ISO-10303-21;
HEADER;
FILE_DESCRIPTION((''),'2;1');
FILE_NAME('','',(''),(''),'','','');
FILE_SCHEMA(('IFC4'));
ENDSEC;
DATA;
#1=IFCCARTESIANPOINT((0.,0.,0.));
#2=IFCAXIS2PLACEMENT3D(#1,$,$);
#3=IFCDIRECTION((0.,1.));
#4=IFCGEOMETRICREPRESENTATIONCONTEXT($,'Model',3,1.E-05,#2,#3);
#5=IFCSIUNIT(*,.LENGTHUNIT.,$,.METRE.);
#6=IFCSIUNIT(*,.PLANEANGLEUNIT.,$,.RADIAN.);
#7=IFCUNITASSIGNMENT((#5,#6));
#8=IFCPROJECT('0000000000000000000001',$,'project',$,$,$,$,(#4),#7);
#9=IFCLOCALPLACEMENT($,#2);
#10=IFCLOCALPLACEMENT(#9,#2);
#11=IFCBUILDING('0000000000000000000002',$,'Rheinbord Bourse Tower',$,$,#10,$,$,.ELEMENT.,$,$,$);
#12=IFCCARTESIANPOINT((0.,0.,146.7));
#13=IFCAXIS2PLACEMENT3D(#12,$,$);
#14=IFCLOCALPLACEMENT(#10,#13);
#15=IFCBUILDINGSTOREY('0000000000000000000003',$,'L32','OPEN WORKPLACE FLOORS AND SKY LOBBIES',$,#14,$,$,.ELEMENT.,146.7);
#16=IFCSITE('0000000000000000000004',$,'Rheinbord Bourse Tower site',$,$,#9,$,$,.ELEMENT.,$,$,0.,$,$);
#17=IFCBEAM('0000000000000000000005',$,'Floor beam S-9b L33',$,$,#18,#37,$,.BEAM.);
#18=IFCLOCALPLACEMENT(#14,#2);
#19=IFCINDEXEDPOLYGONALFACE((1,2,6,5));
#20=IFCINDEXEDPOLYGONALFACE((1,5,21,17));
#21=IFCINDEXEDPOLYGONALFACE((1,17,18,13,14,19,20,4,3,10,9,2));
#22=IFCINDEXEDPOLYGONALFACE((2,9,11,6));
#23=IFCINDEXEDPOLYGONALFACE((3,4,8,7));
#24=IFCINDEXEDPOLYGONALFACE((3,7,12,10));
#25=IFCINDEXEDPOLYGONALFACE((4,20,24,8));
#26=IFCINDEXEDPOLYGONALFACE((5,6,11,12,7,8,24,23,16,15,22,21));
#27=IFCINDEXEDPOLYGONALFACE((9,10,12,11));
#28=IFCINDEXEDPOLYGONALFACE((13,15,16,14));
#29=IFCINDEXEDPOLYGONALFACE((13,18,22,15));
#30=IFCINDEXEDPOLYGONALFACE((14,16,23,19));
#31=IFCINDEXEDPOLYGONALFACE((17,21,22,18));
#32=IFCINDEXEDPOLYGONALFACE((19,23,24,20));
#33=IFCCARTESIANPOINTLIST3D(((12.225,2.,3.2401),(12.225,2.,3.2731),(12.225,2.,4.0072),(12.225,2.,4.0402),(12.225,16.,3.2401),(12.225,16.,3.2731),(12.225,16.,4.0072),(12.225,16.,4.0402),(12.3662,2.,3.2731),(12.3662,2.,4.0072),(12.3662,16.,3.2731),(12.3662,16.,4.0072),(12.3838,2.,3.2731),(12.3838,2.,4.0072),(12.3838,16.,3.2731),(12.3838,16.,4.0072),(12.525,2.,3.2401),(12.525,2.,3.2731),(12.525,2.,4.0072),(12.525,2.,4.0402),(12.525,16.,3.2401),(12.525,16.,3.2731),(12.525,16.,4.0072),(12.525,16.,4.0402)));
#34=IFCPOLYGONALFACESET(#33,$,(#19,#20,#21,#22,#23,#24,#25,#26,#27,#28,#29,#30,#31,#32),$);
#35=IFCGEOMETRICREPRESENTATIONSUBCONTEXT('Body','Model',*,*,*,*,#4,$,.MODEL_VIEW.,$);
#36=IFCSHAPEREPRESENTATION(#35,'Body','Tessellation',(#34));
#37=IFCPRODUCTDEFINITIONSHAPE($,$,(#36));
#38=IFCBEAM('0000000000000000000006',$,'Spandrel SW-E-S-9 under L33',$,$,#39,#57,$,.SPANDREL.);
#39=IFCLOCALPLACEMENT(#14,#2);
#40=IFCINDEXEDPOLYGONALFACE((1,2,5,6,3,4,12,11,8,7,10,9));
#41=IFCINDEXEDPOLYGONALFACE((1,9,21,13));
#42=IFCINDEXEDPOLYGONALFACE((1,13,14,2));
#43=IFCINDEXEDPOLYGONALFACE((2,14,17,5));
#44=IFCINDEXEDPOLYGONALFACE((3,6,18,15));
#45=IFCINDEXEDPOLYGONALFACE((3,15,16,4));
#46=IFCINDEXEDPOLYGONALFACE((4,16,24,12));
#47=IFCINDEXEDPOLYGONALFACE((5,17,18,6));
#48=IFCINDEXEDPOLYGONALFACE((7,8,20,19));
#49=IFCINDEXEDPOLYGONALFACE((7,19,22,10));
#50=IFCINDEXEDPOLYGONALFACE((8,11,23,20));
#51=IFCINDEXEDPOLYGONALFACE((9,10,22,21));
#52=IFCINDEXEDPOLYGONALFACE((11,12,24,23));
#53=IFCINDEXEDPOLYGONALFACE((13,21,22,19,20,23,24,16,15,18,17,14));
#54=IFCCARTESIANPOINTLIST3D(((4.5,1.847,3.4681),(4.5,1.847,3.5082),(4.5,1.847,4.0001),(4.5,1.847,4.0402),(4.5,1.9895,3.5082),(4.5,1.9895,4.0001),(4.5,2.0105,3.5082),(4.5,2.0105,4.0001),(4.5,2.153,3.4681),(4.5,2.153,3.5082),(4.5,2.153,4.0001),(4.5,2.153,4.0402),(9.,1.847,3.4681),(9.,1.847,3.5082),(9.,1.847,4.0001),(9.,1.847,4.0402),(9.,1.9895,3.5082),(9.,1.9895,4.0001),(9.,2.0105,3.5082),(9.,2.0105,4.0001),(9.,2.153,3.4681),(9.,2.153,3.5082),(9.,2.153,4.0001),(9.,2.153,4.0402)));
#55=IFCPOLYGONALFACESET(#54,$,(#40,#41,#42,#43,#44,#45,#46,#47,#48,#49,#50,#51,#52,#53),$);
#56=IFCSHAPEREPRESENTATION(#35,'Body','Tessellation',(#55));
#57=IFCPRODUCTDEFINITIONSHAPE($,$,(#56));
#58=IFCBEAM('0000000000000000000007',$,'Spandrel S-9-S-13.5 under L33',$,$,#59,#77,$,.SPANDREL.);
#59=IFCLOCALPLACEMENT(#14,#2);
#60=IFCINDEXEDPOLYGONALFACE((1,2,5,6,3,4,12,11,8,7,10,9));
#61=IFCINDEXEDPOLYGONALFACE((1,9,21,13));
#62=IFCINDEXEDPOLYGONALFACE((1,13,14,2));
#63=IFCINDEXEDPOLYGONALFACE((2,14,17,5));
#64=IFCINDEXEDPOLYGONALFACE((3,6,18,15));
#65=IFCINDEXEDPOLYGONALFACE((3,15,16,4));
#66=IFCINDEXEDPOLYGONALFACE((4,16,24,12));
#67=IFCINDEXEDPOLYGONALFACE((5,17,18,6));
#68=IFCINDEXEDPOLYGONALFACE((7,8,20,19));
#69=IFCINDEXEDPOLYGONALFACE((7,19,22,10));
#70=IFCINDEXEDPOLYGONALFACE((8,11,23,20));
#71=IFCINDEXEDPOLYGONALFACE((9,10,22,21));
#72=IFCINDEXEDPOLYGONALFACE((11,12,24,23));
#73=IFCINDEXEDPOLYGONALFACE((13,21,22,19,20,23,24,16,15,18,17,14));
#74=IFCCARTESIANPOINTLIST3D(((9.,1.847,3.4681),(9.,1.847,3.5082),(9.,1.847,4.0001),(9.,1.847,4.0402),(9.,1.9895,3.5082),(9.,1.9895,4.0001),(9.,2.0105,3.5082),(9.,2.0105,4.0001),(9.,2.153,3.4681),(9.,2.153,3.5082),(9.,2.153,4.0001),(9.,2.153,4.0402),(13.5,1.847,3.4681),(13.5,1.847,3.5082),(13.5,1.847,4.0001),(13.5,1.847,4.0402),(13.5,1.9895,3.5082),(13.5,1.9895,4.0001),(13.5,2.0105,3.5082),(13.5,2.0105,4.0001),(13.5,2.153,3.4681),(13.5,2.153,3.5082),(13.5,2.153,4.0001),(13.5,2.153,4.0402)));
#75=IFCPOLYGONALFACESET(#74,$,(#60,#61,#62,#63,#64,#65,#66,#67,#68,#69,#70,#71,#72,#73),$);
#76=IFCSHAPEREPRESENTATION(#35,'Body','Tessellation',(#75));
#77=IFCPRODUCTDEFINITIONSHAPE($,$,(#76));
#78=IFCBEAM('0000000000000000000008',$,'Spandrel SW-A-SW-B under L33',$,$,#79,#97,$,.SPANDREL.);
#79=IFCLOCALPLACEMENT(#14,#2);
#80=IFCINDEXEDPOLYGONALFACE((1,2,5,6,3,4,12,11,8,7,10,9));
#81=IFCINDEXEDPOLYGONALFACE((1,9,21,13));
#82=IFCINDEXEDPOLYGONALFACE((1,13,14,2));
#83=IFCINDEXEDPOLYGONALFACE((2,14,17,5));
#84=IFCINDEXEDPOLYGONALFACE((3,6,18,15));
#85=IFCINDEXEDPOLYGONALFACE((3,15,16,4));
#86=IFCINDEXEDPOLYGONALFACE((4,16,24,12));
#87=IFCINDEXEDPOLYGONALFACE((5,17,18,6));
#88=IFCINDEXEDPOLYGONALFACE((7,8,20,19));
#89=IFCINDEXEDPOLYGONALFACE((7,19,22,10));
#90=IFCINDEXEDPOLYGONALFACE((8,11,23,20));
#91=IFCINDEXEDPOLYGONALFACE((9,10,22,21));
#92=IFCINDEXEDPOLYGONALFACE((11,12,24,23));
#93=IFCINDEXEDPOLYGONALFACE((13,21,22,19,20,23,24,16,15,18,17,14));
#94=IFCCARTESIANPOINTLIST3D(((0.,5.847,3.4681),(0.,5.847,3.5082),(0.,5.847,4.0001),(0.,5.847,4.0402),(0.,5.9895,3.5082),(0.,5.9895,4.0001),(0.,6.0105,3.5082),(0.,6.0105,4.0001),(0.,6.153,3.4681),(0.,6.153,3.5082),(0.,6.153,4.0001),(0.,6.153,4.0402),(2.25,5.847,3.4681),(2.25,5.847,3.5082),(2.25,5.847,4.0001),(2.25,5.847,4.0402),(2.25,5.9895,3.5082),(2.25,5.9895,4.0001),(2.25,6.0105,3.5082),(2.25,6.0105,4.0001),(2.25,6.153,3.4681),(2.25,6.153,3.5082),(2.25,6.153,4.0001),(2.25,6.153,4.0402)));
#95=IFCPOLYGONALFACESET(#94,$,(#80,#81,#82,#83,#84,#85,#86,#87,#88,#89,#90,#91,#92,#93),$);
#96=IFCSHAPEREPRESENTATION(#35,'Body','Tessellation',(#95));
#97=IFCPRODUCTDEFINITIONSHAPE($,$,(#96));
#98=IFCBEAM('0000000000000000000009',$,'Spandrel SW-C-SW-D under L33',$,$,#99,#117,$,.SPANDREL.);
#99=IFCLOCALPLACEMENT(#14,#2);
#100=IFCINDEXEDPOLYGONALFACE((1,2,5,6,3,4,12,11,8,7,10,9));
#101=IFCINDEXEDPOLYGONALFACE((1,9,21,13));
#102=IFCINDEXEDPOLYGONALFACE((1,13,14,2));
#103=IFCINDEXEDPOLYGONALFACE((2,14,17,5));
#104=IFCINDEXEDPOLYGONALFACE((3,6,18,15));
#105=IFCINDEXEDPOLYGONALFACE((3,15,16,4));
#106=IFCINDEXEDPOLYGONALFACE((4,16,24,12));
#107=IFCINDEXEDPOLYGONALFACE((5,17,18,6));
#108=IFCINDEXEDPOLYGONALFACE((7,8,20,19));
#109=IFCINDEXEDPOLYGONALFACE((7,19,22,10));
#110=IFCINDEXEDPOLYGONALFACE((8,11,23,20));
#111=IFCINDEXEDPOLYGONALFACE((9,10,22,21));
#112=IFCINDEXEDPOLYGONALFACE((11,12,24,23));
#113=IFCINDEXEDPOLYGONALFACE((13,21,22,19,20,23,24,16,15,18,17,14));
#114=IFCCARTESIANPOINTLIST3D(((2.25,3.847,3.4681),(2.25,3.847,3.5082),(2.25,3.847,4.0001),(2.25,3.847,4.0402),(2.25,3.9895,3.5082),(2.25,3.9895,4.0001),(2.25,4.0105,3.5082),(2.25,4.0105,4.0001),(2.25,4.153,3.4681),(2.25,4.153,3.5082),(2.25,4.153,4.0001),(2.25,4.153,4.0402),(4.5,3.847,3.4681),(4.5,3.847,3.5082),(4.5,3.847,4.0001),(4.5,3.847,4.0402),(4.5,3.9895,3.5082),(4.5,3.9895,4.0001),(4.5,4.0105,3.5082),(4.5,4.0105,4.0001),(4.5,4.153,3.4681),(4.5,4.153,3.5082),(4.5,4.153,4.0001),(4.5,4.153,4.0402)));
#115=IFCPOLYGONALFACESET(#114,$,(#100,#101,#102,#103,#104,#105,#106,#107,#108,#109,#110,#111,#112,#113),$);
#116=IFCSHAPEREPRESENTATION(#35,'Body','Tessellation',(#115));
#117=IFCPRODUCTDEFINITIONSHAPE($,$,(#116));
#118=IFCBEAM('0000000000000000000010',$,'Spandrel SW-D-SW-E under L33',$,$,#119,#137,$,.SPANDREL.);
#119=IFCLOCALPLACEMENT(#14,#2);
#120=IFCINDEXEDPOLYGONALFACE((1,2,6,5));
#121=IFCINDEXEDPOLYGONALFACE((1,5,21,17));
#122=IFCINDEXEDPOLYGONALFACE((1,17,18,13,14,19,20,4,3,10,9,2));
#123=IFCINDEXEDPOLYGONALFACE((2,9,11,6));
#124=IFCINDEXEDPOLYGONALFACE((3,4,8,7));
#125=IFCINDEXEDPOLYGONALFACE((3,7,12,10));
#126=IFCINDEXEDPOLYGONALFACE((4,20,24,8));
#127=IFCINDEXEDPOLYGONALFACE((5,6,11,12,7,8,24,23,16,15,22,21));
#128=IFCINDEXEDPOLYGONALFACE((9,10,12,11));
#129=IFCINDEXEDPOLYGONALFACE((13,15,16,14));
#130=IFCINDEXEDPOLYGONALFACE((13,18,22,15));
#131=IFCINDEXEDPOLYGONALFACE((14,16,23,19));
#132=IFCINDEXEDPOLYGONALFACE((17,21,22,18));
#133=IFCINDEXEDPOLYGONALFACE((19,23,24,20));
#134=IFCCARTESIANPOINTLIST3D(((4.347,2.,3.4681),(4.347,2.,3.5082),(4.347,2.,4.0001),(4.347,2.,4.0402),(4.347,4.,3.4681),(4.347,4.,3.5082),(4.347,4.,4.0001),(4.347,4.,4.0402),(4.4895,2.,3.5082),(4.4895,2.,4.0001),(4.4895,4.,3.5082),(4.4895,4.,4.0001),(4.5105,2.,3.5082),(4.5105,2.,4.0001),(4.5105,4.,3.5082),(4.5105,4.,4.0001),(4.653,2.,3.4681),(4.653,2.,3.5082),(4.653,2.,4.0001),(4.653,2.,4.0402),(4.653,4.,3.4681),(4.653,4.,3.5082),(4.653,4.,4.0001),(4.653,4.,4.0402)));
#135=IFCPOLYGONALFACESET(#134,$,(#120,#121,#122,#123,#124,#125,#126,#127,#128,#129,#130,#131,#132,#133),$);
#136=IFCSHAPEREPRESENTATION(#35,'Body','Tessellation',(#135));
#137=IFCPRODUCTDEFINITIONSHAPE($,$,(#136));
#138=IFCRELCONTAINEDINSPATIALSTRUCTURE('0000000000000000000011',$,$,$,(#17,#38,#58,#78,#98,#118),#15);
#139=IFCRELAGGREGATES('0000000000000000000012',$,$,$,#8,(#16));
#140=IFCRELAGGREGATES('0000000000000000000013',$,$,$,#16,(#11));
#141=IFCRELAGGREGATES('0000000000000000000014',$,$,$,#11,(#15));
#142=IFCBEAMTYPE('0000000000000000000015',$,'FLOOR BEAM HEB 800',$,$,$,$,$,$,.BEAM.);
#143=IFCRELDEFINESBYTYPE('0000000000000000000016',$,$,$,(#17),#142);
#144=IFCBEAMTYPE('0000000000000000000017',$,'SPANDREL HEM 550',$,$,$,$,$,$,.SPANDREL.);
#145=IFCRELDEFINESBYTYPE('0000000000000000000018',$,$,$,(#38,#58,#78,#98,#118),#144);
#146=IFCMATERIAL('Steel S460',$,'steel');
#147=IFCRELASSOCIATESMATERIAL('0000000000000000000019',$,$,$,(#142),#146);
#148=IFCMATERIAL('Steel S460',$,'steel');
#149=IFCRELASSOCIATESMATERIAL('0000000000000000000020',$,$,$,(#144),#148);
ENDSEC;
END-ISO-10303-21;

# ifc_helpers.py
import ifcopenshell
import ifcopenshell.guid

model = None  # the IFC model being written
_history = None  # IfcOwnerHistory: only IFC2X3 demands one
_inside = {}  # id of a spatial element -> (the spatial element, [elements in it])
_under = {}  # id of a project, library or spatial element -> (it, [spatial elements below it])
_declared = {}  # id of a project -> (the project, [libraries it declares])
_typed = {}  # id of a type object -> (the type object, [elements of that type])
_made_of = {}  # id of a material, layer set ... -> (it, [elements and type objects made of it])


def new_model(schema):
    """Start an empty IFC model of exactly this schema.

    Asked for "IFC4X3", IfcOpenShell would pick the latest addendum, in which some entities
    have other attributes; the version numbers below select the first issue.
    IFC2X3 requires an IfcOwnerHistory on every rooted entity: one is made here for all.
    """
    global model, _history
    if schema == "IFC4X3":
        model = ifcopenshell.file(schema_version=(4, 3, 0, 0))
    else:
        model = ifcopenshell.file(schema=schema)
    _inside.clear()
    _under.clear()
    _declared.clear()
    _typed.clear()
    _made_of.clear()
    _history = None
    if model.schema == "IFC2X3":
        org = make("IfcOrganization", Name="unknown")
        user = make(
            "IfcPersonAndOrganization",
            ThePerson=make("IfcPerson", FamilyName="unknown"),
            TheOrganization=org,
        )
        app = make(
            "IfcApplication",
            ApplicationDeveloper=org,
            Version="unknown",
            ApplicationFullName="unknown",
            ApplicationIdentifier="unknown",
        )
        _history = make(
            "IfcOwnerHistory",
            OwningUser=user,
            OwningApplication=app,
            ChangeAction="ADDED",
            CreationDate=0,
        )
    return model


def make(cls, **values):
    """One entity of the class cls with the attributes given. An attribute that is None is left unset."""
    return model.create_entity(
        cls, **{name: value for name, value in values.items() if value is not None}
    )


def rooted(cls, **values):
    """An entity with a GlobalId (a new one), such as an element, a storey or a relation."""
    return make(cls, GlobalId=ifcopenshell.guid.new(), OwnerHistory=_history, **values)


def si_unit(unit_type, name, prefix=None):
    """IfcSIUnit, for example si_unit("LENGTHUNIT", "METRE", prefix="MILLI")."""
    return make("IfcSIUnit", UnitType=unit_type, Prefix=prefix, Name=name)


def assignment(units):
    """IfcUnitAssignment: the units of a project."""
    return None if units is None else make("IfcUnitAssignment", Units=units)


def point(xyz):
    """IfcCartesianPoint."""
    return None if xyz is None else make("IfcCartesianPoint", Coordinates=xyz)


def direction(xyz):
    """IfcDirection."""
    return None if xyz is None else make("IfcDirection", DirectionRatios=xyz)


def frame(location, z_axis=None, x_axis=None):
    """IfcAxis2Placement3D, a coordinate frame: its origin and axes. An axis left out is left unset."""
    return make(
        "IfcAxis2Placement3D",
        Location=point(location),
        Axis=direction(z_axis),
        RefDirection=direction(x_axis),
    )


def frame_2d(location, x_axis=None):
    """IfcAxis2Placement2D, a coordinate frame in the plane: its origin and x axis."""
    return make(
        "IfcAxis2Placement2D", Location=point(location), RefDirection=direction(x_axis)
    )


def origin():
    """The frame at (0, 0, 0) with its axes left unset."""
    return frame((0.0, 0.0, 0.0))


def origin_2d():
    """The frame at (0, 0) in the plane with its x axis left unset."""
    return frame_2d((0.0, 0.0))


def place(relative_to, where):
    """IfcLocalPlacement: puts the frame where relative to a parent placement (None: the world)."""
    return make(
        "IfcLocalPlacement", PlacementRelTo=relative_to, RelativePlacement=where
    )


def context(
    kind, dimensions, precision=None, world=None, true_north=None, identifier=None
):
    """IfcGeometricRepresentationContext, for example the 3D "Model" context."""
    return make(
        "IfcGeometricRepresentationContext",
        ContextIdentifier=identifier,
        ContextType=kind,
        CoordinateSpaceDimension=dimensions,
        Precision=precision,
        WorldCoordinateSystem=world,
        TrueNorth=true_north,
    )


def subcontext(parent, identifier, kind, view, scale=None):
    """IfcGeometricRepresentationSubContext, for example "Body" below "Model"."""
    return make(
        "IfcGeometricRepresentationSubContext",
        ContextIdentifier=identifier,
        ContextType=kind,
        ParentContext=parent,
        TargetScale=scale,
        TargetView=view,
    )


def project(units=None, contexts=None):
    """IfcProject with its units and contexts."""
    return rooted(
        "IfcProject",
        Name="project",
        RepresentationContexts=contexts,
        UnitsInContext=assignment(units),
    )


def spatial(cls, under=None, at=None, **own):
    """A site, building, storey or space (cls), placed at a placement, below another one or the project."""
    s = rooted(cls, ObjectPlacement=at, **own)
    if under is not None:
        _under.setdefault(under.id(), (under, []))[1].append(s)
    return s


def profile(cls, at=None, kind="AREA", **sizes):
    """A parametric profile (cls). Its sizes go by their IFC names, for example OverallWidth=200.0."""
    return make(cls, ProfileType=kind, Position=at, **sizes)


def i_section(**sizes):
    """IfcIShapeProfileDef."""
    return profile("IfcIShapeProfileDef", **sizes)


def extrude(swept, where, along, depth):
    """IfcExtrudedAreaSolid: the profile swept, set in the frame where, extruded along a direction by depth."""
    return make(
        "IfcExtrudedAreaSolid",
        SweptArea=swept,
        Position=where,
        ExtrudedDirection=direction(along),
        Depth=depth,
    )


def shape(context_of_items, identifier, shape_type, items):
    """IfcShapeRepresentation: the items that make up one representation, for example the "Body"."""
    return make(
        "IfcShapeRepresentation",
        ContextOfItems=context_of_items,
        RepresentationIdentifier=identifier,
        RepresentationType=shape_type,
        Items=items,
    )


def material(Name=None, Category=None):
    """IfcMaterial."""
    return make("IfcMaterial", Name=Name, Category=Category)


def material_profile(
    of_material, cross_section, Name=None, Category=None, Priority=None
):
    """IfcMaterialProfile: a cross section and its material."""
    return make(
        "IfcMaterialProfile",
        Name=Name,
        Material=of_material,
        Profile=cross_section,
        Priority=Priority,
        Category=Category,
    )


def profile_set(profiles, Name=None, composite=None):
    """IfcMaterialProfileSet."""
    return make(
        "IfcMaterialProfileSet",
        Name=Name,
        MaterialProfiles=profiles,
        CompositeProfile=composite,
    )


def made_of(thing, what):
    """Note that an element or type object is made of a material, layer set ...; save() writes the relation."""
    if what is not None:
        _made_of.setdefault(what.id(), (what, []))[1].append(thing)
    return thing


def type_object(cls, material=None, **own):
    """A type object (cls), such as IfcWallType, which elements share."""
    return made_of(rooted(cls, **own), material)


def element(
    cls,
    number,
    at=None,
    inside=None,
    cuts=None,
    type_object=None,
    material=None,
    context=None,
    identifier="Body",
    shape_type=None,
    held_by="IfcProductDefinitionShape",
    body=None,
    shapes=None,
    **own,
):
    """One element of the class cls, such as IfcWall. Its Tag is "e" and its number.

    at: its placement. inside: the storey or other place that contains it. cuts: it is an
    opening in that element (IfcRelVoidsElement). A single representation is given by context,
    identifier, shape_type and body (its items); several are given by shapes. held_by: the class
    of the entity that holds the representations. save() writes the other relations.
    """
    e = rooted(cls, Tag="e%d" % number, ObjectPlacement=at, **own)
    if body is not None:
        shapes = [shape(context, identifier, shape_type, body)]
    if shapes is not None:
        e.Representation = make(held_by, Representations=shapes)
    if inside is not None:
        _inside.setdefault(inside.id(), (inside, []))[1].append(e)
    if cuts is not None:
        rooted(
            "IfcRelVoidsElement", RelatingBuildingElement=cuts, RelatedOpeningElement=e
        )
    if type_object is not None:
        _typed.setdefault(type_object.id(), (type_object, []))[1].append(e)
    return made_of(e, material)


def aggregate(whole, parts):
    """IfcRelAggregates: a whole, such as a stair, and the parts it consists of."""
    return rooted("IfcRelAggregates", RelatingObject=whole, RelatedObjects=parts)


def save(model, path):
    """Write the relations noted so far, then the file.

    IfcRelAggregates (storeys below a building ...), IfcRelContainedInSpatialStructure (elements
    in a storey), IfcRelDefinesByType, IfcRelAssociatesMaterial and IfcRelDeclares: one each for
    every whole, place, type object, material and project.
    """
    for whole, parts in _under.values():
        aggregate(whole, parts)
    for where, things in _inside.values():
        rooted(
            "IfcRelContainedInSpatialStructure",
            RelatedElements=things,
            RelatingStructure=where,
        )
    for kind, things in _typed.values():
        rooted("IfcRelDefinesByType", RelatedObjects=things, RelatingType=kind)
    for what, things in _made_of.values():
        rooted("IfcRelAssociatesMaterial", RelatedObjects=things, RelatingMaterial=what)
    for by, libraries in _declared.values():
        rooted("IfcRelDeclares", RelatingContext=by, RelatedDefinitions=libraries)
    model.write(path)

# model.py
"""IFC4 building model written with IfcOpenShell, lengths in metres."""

from ifc_helpers import new_model, si_unit, direction, frame, origin, origin_2d, place, context, subcontext, project, spatial, i_section, extrude, material, material_profile, profile_set, type_object, element, save


model = new_model("IFC4")

# Units and contexts
model_context = context("Model", 3, precision=1e-05, world=origin(), true_north=direction((0.0, 1.0)))
body_context = subcontext(model_context, "Body", "Model", "MODEL_VIEW")
ifc_project = project(units=[si_unit("LENGTHUNIT", "METRE"), si_unit("PLANEANGLEUNIT", "RADIAN")], contexts=[model_context])

# Site, building, storey
site_placement = place(None, origin())
site = spatial("IfcSite", under=ifc_project, at=site_placement, Name="Rheinbord Bourse Tower site", CompositionType="ELEMENT", RefElevation=0.0)
building_placement = place(site_placement, origin())
building = spatial("IfcBuilding", under=site, at=building_placement, Name="Rheinbord Bourse Tower", CompositionType="ELEMENT")
storey_placement = place(building_placement, frame((0.0, 0.0, 146.7)))
storey = spatial("IfcBuildingStorey", under=building, at=storey_placement, Name="L32", Description="OPEN WORKPLACE FLOORS AND SKY LOBBIES", CompositionType="ELEMENT", Elevation=146.7)

# Beams
ifc_material_1 = material(Name="Steel S460", Category="steel")
ifc_material_profile_1 = material_profile(ifc_material_1, i_section(OverallWidth=0.3, OverallDepth=0.8, WebThickness=0.0176, FlangeThickness=0.033, at=origin_2d()), Name="HEB 800")
ifc_profile_set_1 = profile_set([ifc_material_profile_1], Name="Steel S460")
beam_type_1 = type_object("IfcBeamType", Name="FLOOR BEAM HEB 800", PredefinedType="BEAM", material=ifc_profile_set_1)
for number, where, z_axis, x_axis, name in (
    (1, (12.375, 2.0, 3.6401), (0.0, 1.0, 0.0), (-1.0, 0.0, 0.0), "Floor beam S-9b L33"),
):
    element("IfcBeam", number, at=place(storey_placement, frame(where, z_axis=z_axis, x_axis=x_axis)), inside=storey, type_object=beam_type_1, Name=name, PredefinedType="BEAM", context=body_context, shape_type="SweptSolid", body=[
        extrude(i_section(OverallWidth=0.3, OverallDepth=0.8, WebThickness=0.0176, FlangeThickness=0.033, at=origin_2d()), origin(), (0.0, 0.0, 1.0), 14.0),
    ])
ifc_material_2 = material(Name="Steel S460", Category="steel")
ifc_material_profile_2 = material_profile(ifc_material_2, i_section(OverallWidth=0.3059, OverallDepth=0.572, WebThickness=0.021, FlangeThickness=0.04, at=origin_2d()), Name="HEM 550")
ifc_profile_set_2 = profile_set([ifc_material_profile_2], Name="Steel S460")
beam_type_2 = type_object("IfcBeamType", Name="SPANDREL HEM 550", PredefinedType="SPANDREL", material=ifc_profile_set_2)
for number, where, z_axis, x_axis, name in (
    (2, (4.5, 2.0, 3.7542), (1.0, 0.0, 0.0), (0.0, 1.0, 0.0), "Spandrel SW-E-S-9 under L33"),
    (3, (9.0, 2.0, 3.7542), (1.0, 0.0, 0.0), (0.0, 1.0, 0.0), "Spandrel S-9-S-13.5 under L33"),
):
    element("IfcBeam", number, at=place(storey_placement, frame(where, z_axis=z_axis, x_axis=x_axis)), inside=storey, type_object=beam_type_2, Name=name, PredefinedType="SPANDREL", context=body_context, shape_type="SweptSolid", body=[
        extrude(i_section(OverallWidth=0.3059, OverallDepth=0.572, WebThickness=0.021, FlangeThickness=0.04, at=origin_2d()), origin(), (0.0, 0.0, 1.0), 4.5),
    ])
for number, where, z_axis, x_axis, name in (
    (4, (0.0, 6.0, 3.7542), (1.0, 0.0, 0.0), (0.0, 1.0, 0.0), "Spandrel SW-A-SW-B under L33"),
    (5, (2.25, 4.0, 3.7542), (1.0, 0.0, 0.0), (0.0, 1.0, 0.0), "Spandrel SW-C-SW-D under L33"),
):
    element("IfcBeam", number, at=place(storey_placement, frame(where, z_axis=z_axis, x_axis=x_axis)), inside=storey, type_object=beam_type_2, Name=name, PredefinedType="SPANDREL", context=body_context, shape_type="SweptSolid", body=[
        extrude(i_section(OverallWidth=0.3059, OverallDepth=0.572, WebThickness=0.021, FlangeThickness=0.04, at=origin_2d()), origin(), (0.0, 0.0, 1.0), 2.25),
    ])
beam_placement = place(storey_placement, frame((4.5, 4.0, 3.7542), z_axis=(0.0, -1.0, 0.0), x_axis=(1.0, 0.0, 0.0)))
element("IfcBeam", 6, at=beam_placement, inside=storey, type_object=beam_type_2, Name="Spandrel SW-D-SW-E under L33", PredefinedType="SPANDREL", context=body_context, shape_type="SweptSolid", body=[
    extrude(i_section(OverallWidth=0.3059, OverallDepth=0.572, WebThickness=0.021, FlangeThickness=0.04, at=origin_2d()), origin(), (0.0, 0.0, 1.0), 2.0),
])

save(model, "model.ifc")
